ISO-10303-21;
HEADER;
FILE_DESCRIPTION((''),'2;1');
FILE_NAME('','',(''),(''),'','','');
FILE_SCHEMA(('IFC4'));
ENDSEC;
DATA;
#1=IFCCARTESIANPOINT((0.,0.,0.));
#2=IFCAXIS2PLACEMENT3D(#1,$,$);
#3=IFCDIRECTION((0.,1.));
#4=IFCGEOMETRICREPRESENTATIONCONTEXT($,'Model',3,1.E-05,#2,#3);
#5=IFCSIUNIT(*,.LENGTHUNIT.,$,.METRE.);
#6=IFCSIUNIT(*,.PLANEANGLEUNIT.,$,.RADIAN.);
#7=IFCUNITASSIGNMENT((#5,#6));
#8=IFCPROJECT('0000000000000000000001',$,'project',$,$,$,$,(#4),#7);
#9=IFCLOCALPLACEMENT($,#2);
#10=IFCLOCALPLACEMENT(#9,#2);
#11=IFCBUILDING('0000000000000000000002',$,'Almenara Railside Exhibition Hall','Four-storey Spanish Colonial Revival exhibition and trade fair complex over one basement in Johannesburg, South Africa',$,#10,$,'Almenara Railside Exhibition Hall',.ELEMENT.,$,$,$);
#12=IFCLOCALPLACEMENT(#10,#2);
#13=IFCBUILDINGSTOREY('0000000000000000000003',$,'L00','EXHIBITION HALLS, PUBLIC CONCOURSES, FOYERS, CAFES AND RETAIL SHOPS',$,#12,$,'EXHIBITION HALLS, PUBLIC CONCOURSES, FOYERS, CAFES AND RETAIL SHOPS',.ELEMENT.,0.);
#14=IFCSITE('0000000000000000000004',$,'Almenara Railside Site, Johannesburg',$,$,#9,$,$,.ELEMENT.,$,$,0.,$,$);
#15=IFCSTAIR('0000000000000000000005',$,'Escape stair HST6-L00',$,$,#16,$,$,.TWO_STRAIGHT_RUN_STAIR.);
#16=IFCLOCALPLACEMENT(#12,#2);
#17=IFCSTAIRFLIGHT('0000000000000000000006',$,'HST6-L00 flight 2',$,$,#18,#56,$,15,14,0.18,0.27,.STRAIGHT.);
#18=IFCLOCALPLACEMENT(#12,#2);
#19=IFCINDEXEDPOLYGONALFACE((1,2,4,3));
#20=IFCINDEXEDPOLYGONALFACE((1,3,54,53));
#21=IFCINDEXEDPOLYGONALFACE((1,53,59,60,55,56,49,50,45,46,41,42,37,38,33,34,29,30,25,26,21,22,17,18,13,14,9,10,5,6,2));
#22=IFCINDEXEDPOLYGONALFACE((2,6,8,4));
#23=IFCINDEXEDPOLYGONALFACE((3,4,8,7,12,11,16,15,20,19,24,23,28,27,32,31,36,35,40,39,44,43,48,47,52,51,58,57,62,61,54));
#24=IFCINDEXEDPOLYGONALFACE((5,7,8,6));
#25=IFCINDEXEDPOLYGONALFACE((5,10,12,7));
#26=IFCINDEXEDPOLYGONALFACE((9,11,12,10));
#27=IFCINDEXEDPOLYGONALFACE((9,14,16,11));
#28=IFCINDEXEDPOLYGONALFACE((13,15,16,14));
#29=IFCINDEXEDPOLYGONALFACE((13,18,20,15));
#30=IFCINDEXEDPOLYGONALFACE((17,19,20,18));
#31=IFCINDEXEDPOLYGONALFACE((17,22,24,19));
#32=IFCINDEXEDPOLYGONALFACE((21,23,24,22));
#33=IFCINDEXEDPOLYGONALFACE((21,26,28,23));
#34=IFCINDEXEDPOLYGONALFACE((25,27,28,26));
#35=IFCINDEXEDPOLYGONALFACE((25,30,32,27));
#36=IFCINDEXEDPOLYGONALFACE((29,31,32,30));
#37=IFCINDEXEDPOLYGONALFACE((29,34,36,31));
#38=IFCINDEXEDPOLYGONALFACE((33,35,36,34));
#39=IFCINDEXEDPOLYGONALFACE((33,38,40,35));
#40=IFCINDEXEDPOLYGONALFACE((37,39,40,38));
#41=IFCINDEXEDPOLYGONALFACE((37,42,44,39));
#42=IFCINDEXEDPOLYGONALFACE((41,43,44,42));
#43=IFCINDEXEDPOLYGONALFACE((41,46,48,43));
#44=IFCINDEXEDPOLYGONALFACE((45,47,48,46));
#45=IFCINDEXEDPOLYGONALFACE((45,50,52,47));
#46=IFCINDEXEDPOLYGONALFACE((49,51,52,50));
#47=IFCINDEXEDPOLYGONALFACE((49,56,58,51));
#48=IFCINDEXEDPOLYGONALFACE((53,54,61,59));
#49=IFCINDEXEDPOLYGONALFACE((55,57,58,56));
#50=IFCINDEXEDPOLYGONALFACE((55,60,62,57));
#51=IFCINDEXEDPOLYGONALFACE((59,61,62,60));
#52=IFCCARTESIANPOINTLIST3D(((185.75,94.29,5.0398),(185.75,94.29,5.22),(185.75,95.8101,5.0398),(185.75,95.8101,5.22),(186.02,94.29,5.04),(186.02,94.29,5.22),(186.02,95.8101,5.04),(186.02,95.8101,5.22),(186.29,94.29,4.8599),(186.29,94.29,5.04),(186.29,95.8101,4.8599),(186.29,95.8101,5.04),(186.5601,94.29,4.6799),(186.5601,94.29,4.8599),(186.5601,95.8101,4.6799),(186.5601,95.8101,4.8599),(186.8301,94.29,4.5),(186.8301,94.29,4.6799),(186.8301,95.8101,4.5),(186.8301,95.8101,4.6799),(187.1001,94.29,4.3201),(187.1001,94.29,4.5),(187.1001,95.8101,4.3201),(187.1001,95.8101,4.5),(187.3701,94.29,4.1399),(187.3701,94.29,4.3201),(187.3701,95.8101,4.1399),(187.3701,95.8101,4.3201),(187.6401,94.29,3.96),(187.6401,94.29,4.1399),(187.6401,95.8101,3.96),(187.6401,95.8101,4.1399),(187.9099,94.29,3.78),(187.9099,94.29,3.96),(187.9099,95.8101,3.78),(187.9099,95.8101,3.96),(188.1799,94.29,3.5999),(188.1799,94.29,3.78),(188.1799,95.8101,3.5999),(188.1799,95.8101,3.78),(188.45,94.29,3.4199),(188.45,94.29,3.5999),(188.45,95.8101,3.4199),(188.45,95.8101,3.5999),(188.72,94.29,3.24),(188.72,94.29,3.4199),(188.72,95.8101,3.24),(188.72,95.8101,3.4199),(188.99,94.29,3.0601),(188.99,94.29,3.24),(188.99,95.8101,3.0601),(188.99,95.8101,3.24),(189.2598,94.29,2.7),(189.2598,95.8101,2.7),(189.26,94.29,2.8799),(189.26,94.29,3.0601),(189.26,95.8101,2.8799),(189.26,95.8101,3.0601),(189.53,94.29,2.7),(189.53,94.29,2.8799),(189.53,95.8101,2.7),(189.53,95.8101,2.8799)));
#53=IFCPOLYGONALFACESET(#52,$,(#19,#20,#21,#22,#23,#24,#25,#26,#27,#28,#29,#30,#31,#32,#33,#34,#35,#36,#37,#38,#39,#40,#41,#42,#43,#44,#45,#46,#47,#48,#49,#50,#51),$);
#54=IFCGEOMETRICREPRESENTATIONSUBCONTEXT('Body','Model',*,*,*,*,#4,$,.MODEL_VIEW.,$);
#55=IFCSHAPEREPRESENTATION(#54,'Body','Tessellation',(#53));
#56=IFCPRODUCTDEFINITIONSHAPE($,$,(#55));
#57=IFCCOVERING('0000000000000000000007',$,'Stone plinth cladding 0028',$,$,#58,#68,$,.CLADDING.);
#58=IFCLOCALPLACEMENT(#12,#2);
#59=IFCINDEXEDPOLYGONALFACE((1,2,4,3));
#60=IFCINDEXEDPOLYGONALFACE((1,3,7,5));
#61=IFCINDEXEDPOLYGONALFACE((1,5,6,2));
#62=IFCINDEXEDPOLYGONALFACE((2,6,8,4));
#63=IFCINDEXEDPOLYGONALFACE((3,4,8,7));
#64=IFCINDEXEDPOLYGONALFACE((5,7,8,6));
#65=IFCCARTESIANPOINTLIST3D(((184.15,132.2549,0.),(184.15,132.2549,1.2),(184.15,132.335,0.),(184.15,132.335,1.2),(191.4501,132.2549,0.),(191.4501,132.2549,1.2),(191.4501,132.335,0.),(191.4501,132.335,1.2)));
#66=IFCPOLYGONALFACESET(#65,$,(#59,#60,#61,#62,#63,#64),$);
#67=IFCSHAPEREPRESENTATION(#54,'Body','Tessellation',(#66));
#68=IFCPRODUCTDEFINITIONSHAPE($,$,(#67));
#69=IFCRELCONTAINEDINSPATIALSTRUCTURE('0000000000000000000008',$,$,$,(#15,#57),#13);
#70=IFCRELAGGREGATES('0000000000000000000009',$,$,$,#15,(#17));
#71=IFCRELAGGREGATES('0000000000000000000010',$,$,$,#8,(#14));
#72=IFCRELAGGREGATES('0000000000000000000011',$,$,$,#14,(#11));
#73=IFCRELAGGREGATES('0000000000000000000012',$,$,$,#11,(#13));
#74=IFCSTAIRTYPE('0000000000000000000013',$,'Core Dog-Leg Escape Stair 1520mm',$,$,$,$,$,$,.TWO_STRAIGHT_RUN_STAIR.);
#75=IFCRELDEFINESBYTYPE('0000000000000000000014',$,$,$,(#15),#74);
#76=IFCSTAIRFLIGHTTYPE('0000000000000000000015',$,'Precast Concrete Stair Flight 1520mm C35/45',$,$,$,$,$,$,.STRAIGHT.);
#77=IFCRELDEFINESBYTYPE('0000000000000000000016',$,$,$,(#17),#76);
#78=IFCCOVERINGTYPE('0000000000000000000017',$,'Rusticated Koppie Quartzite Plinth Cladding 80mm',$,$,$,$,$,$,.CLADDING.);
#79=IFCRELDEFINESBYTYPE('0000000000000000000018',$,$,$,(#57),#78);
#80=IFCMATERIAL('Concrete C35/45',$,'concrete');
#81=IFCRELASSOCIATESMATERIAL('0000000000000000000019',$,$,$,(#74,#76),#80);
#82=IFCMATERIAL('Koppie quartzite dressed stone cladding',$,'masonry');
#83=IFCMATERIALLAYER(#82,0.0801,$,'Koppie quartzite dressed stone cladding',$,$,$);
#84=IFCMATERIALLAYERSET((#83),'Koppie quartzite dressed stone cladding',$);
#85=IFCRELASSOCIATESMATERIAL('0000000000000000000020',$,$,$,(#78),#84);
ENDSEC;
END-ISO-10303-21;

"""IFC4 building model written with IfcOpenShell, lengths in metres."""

from ifc_helpers import new_model, si_unit, direction, frame, origin, origin_2d, place, context, subcontext, project, spatial, polyline, rectangle, outline, extrude, material, layer, layer_set, type_object, element, aggregate, save


model = new_model("IFC4")

# Units and contexts
model_context = context("Model", 3, precision=1e-05, world=origin(), true_north=direction((0.0, 1.0)))
body_context = subcontext(model_context, "Body", "Model", "MODEL_VIEW")
ifc_project = project(units=[si_unit("LENGTHUNIT", "METRE"), si_unit("PLANEANGLEUNIT", "RADIAN")], contexts=[model_context])

# Site, building, storey
site_placement = place(None, origin())
site = spatial("IfcSite", under=ifc_project, at=site_placement, Name="Almenara Railside Site, Johannesburg", CompositionType="ELEMENT", RefElevation=0.0)
building_placement = place(site_placement, origin())
building = spatial("IfcBuilding", under=site, at=building_placement, Name="Almenara Railside Exhibition Hall", Description="Four-storey Spanish Colonial Revival exhibition and trade fair complex over one basement in Johannesburg, South Africa", LongName="Almenara Railside Exhibition Hall", CompositionType="ELEMENT")
storey_placement = place(building_placement, origin())
storey = spatial("IfcBuildingStorey", under=building, at=storey_placement, Name="L00", Description="EXHIBITION HALLS, PUBLIC CONCOURSES, FOYERS, CAFES AND RETAIL SHOPS", LongName="EXHIBITION HALLS, PUBLIC CONCOURSES, FOYERS, CAFES AND RETAIL SHOPS", CompositionType="ELEMENT", Elevation=0.0)

# Shared definitions
ifc_material_1 = material(Name="Concrete C35/45", Category="concrete")

# Stair, stair flight
stair_type = type_object("IfcStairType", Name="Core Dog-Leg Escape Stair 1520mm", PredefinedType="TWO_STRAIGHT_RUN_STAIR", material=ifc_material_1)
stair_placement = place(storey_placement, origin())
stair = element("IfcStair", 1, at=stair_placement, inside=storey, type_object=stair_type, Name="Escape stair HST6-L00", PredefinedType="TWO_STRAIGHT_RUN_STAIR")
stair_flight_type = type_object("IfcStairFlightType", Name="Precast Concrete Stair Flight 1520mm C35/45", PredefinedType="STRAIGHT", material=ifc_material_1)
stair_flight_1_placement = place(storey_placement, frame((189.53, 95.05, 2.7), z_axis=(0.0, 0.0, 1.0), x_axis=(-1.0, 0.0, 0.0)))
stair_flight_1 = element("IfcStairFlight", 2, at=stair_flight_1_placement, type_object=stair_flight_type, Name="HST6-L00 flight 2", NumberOfRisers=15, NumberOfTreads=14, PredefinedType="STRAIGHT", RiserHeight=0.18, TreadLength=0.27, context=body_context, shape_type="SweptSolid", body=[
    extrude(outline(polyline([(0.0, 0.0), (0.0, 0.1799), (0.27, 0.1799), (0.27, 0.3601), (0.54, 0.3601), (0.54, 0.54), (0.8101, 0.54), (0.8101, 0.72), (1.0801, 0.72), (1.0801, 0.8999), (1.3501, 0.8999), (1.3501, 1.0801), (1.6201, 1.0801), (1.6201, 1.26), (1.8899, 1.26), (1.8899, 1.4399), (2.1599, 1.4399), (2.1599, 1.6201), (2.4299, 1.6201), (2.4299, 1.8), (2.7, 1.8), (2.7, 1.98), (2.97, 1.98), (2.97, 2.1599), (3.24, 2.1599), (3.24, 2.3401), (3.51, 2.3401), (3.51, 2.52), (3.78, 2.52), (3.78, 2.7), (3.78, 2.3398), (0.2703, 0.0), (0.0, 0.0)])), frame((0.0, 0.76, 0.0), z_axis=(0.0, -1.0, 0.0), x_axis=(1.0, 0.0, 0.0)), (0.0, 0.0, 1.0), 1.52),
])
aggregate(stair, [stair_flight_1])

# Covering
ifc_material_2 = material(Name="Koppie quartzite dressed stone cladding", Category="masonry")
ifc_layer_1 = layer(ifc_material_2, 0.0801, Name="Koppie quartzite dressed stone cladding")
ifc_layer_set_1 = layer_set([ifc_layer_1], Name="Koppie quartzite dressed stone cladding")
covering_type = type_object("IfcCoveringType", Name="Rusticated Koppie Quartzite Plinth Cladding 80mm", PredefinedType="CLADDING", material=ifc_layer_set_1)
covering_placement = place(storey_placement, frame((187.8, 132.2949, 0.0), z_axis=(0.0, 0.0, 1.0), x_axis=(-1.0, 0.0, 0.0)))
element("IfcCovering", 3, at=covering_placement, inside=storey, type_object=covering_type, Name="Stone plinth cladding 0028", PredefinedType="CLADDING", context=body_context, shape_type="SweptSolid", body=[
    extrude(rectangle(XDim=7.3, YDim=0.0801, at=origin_2d()), origin(), (0.0, 0.0, 1.0), 1.2),
])

save(model, "model.ifc")
